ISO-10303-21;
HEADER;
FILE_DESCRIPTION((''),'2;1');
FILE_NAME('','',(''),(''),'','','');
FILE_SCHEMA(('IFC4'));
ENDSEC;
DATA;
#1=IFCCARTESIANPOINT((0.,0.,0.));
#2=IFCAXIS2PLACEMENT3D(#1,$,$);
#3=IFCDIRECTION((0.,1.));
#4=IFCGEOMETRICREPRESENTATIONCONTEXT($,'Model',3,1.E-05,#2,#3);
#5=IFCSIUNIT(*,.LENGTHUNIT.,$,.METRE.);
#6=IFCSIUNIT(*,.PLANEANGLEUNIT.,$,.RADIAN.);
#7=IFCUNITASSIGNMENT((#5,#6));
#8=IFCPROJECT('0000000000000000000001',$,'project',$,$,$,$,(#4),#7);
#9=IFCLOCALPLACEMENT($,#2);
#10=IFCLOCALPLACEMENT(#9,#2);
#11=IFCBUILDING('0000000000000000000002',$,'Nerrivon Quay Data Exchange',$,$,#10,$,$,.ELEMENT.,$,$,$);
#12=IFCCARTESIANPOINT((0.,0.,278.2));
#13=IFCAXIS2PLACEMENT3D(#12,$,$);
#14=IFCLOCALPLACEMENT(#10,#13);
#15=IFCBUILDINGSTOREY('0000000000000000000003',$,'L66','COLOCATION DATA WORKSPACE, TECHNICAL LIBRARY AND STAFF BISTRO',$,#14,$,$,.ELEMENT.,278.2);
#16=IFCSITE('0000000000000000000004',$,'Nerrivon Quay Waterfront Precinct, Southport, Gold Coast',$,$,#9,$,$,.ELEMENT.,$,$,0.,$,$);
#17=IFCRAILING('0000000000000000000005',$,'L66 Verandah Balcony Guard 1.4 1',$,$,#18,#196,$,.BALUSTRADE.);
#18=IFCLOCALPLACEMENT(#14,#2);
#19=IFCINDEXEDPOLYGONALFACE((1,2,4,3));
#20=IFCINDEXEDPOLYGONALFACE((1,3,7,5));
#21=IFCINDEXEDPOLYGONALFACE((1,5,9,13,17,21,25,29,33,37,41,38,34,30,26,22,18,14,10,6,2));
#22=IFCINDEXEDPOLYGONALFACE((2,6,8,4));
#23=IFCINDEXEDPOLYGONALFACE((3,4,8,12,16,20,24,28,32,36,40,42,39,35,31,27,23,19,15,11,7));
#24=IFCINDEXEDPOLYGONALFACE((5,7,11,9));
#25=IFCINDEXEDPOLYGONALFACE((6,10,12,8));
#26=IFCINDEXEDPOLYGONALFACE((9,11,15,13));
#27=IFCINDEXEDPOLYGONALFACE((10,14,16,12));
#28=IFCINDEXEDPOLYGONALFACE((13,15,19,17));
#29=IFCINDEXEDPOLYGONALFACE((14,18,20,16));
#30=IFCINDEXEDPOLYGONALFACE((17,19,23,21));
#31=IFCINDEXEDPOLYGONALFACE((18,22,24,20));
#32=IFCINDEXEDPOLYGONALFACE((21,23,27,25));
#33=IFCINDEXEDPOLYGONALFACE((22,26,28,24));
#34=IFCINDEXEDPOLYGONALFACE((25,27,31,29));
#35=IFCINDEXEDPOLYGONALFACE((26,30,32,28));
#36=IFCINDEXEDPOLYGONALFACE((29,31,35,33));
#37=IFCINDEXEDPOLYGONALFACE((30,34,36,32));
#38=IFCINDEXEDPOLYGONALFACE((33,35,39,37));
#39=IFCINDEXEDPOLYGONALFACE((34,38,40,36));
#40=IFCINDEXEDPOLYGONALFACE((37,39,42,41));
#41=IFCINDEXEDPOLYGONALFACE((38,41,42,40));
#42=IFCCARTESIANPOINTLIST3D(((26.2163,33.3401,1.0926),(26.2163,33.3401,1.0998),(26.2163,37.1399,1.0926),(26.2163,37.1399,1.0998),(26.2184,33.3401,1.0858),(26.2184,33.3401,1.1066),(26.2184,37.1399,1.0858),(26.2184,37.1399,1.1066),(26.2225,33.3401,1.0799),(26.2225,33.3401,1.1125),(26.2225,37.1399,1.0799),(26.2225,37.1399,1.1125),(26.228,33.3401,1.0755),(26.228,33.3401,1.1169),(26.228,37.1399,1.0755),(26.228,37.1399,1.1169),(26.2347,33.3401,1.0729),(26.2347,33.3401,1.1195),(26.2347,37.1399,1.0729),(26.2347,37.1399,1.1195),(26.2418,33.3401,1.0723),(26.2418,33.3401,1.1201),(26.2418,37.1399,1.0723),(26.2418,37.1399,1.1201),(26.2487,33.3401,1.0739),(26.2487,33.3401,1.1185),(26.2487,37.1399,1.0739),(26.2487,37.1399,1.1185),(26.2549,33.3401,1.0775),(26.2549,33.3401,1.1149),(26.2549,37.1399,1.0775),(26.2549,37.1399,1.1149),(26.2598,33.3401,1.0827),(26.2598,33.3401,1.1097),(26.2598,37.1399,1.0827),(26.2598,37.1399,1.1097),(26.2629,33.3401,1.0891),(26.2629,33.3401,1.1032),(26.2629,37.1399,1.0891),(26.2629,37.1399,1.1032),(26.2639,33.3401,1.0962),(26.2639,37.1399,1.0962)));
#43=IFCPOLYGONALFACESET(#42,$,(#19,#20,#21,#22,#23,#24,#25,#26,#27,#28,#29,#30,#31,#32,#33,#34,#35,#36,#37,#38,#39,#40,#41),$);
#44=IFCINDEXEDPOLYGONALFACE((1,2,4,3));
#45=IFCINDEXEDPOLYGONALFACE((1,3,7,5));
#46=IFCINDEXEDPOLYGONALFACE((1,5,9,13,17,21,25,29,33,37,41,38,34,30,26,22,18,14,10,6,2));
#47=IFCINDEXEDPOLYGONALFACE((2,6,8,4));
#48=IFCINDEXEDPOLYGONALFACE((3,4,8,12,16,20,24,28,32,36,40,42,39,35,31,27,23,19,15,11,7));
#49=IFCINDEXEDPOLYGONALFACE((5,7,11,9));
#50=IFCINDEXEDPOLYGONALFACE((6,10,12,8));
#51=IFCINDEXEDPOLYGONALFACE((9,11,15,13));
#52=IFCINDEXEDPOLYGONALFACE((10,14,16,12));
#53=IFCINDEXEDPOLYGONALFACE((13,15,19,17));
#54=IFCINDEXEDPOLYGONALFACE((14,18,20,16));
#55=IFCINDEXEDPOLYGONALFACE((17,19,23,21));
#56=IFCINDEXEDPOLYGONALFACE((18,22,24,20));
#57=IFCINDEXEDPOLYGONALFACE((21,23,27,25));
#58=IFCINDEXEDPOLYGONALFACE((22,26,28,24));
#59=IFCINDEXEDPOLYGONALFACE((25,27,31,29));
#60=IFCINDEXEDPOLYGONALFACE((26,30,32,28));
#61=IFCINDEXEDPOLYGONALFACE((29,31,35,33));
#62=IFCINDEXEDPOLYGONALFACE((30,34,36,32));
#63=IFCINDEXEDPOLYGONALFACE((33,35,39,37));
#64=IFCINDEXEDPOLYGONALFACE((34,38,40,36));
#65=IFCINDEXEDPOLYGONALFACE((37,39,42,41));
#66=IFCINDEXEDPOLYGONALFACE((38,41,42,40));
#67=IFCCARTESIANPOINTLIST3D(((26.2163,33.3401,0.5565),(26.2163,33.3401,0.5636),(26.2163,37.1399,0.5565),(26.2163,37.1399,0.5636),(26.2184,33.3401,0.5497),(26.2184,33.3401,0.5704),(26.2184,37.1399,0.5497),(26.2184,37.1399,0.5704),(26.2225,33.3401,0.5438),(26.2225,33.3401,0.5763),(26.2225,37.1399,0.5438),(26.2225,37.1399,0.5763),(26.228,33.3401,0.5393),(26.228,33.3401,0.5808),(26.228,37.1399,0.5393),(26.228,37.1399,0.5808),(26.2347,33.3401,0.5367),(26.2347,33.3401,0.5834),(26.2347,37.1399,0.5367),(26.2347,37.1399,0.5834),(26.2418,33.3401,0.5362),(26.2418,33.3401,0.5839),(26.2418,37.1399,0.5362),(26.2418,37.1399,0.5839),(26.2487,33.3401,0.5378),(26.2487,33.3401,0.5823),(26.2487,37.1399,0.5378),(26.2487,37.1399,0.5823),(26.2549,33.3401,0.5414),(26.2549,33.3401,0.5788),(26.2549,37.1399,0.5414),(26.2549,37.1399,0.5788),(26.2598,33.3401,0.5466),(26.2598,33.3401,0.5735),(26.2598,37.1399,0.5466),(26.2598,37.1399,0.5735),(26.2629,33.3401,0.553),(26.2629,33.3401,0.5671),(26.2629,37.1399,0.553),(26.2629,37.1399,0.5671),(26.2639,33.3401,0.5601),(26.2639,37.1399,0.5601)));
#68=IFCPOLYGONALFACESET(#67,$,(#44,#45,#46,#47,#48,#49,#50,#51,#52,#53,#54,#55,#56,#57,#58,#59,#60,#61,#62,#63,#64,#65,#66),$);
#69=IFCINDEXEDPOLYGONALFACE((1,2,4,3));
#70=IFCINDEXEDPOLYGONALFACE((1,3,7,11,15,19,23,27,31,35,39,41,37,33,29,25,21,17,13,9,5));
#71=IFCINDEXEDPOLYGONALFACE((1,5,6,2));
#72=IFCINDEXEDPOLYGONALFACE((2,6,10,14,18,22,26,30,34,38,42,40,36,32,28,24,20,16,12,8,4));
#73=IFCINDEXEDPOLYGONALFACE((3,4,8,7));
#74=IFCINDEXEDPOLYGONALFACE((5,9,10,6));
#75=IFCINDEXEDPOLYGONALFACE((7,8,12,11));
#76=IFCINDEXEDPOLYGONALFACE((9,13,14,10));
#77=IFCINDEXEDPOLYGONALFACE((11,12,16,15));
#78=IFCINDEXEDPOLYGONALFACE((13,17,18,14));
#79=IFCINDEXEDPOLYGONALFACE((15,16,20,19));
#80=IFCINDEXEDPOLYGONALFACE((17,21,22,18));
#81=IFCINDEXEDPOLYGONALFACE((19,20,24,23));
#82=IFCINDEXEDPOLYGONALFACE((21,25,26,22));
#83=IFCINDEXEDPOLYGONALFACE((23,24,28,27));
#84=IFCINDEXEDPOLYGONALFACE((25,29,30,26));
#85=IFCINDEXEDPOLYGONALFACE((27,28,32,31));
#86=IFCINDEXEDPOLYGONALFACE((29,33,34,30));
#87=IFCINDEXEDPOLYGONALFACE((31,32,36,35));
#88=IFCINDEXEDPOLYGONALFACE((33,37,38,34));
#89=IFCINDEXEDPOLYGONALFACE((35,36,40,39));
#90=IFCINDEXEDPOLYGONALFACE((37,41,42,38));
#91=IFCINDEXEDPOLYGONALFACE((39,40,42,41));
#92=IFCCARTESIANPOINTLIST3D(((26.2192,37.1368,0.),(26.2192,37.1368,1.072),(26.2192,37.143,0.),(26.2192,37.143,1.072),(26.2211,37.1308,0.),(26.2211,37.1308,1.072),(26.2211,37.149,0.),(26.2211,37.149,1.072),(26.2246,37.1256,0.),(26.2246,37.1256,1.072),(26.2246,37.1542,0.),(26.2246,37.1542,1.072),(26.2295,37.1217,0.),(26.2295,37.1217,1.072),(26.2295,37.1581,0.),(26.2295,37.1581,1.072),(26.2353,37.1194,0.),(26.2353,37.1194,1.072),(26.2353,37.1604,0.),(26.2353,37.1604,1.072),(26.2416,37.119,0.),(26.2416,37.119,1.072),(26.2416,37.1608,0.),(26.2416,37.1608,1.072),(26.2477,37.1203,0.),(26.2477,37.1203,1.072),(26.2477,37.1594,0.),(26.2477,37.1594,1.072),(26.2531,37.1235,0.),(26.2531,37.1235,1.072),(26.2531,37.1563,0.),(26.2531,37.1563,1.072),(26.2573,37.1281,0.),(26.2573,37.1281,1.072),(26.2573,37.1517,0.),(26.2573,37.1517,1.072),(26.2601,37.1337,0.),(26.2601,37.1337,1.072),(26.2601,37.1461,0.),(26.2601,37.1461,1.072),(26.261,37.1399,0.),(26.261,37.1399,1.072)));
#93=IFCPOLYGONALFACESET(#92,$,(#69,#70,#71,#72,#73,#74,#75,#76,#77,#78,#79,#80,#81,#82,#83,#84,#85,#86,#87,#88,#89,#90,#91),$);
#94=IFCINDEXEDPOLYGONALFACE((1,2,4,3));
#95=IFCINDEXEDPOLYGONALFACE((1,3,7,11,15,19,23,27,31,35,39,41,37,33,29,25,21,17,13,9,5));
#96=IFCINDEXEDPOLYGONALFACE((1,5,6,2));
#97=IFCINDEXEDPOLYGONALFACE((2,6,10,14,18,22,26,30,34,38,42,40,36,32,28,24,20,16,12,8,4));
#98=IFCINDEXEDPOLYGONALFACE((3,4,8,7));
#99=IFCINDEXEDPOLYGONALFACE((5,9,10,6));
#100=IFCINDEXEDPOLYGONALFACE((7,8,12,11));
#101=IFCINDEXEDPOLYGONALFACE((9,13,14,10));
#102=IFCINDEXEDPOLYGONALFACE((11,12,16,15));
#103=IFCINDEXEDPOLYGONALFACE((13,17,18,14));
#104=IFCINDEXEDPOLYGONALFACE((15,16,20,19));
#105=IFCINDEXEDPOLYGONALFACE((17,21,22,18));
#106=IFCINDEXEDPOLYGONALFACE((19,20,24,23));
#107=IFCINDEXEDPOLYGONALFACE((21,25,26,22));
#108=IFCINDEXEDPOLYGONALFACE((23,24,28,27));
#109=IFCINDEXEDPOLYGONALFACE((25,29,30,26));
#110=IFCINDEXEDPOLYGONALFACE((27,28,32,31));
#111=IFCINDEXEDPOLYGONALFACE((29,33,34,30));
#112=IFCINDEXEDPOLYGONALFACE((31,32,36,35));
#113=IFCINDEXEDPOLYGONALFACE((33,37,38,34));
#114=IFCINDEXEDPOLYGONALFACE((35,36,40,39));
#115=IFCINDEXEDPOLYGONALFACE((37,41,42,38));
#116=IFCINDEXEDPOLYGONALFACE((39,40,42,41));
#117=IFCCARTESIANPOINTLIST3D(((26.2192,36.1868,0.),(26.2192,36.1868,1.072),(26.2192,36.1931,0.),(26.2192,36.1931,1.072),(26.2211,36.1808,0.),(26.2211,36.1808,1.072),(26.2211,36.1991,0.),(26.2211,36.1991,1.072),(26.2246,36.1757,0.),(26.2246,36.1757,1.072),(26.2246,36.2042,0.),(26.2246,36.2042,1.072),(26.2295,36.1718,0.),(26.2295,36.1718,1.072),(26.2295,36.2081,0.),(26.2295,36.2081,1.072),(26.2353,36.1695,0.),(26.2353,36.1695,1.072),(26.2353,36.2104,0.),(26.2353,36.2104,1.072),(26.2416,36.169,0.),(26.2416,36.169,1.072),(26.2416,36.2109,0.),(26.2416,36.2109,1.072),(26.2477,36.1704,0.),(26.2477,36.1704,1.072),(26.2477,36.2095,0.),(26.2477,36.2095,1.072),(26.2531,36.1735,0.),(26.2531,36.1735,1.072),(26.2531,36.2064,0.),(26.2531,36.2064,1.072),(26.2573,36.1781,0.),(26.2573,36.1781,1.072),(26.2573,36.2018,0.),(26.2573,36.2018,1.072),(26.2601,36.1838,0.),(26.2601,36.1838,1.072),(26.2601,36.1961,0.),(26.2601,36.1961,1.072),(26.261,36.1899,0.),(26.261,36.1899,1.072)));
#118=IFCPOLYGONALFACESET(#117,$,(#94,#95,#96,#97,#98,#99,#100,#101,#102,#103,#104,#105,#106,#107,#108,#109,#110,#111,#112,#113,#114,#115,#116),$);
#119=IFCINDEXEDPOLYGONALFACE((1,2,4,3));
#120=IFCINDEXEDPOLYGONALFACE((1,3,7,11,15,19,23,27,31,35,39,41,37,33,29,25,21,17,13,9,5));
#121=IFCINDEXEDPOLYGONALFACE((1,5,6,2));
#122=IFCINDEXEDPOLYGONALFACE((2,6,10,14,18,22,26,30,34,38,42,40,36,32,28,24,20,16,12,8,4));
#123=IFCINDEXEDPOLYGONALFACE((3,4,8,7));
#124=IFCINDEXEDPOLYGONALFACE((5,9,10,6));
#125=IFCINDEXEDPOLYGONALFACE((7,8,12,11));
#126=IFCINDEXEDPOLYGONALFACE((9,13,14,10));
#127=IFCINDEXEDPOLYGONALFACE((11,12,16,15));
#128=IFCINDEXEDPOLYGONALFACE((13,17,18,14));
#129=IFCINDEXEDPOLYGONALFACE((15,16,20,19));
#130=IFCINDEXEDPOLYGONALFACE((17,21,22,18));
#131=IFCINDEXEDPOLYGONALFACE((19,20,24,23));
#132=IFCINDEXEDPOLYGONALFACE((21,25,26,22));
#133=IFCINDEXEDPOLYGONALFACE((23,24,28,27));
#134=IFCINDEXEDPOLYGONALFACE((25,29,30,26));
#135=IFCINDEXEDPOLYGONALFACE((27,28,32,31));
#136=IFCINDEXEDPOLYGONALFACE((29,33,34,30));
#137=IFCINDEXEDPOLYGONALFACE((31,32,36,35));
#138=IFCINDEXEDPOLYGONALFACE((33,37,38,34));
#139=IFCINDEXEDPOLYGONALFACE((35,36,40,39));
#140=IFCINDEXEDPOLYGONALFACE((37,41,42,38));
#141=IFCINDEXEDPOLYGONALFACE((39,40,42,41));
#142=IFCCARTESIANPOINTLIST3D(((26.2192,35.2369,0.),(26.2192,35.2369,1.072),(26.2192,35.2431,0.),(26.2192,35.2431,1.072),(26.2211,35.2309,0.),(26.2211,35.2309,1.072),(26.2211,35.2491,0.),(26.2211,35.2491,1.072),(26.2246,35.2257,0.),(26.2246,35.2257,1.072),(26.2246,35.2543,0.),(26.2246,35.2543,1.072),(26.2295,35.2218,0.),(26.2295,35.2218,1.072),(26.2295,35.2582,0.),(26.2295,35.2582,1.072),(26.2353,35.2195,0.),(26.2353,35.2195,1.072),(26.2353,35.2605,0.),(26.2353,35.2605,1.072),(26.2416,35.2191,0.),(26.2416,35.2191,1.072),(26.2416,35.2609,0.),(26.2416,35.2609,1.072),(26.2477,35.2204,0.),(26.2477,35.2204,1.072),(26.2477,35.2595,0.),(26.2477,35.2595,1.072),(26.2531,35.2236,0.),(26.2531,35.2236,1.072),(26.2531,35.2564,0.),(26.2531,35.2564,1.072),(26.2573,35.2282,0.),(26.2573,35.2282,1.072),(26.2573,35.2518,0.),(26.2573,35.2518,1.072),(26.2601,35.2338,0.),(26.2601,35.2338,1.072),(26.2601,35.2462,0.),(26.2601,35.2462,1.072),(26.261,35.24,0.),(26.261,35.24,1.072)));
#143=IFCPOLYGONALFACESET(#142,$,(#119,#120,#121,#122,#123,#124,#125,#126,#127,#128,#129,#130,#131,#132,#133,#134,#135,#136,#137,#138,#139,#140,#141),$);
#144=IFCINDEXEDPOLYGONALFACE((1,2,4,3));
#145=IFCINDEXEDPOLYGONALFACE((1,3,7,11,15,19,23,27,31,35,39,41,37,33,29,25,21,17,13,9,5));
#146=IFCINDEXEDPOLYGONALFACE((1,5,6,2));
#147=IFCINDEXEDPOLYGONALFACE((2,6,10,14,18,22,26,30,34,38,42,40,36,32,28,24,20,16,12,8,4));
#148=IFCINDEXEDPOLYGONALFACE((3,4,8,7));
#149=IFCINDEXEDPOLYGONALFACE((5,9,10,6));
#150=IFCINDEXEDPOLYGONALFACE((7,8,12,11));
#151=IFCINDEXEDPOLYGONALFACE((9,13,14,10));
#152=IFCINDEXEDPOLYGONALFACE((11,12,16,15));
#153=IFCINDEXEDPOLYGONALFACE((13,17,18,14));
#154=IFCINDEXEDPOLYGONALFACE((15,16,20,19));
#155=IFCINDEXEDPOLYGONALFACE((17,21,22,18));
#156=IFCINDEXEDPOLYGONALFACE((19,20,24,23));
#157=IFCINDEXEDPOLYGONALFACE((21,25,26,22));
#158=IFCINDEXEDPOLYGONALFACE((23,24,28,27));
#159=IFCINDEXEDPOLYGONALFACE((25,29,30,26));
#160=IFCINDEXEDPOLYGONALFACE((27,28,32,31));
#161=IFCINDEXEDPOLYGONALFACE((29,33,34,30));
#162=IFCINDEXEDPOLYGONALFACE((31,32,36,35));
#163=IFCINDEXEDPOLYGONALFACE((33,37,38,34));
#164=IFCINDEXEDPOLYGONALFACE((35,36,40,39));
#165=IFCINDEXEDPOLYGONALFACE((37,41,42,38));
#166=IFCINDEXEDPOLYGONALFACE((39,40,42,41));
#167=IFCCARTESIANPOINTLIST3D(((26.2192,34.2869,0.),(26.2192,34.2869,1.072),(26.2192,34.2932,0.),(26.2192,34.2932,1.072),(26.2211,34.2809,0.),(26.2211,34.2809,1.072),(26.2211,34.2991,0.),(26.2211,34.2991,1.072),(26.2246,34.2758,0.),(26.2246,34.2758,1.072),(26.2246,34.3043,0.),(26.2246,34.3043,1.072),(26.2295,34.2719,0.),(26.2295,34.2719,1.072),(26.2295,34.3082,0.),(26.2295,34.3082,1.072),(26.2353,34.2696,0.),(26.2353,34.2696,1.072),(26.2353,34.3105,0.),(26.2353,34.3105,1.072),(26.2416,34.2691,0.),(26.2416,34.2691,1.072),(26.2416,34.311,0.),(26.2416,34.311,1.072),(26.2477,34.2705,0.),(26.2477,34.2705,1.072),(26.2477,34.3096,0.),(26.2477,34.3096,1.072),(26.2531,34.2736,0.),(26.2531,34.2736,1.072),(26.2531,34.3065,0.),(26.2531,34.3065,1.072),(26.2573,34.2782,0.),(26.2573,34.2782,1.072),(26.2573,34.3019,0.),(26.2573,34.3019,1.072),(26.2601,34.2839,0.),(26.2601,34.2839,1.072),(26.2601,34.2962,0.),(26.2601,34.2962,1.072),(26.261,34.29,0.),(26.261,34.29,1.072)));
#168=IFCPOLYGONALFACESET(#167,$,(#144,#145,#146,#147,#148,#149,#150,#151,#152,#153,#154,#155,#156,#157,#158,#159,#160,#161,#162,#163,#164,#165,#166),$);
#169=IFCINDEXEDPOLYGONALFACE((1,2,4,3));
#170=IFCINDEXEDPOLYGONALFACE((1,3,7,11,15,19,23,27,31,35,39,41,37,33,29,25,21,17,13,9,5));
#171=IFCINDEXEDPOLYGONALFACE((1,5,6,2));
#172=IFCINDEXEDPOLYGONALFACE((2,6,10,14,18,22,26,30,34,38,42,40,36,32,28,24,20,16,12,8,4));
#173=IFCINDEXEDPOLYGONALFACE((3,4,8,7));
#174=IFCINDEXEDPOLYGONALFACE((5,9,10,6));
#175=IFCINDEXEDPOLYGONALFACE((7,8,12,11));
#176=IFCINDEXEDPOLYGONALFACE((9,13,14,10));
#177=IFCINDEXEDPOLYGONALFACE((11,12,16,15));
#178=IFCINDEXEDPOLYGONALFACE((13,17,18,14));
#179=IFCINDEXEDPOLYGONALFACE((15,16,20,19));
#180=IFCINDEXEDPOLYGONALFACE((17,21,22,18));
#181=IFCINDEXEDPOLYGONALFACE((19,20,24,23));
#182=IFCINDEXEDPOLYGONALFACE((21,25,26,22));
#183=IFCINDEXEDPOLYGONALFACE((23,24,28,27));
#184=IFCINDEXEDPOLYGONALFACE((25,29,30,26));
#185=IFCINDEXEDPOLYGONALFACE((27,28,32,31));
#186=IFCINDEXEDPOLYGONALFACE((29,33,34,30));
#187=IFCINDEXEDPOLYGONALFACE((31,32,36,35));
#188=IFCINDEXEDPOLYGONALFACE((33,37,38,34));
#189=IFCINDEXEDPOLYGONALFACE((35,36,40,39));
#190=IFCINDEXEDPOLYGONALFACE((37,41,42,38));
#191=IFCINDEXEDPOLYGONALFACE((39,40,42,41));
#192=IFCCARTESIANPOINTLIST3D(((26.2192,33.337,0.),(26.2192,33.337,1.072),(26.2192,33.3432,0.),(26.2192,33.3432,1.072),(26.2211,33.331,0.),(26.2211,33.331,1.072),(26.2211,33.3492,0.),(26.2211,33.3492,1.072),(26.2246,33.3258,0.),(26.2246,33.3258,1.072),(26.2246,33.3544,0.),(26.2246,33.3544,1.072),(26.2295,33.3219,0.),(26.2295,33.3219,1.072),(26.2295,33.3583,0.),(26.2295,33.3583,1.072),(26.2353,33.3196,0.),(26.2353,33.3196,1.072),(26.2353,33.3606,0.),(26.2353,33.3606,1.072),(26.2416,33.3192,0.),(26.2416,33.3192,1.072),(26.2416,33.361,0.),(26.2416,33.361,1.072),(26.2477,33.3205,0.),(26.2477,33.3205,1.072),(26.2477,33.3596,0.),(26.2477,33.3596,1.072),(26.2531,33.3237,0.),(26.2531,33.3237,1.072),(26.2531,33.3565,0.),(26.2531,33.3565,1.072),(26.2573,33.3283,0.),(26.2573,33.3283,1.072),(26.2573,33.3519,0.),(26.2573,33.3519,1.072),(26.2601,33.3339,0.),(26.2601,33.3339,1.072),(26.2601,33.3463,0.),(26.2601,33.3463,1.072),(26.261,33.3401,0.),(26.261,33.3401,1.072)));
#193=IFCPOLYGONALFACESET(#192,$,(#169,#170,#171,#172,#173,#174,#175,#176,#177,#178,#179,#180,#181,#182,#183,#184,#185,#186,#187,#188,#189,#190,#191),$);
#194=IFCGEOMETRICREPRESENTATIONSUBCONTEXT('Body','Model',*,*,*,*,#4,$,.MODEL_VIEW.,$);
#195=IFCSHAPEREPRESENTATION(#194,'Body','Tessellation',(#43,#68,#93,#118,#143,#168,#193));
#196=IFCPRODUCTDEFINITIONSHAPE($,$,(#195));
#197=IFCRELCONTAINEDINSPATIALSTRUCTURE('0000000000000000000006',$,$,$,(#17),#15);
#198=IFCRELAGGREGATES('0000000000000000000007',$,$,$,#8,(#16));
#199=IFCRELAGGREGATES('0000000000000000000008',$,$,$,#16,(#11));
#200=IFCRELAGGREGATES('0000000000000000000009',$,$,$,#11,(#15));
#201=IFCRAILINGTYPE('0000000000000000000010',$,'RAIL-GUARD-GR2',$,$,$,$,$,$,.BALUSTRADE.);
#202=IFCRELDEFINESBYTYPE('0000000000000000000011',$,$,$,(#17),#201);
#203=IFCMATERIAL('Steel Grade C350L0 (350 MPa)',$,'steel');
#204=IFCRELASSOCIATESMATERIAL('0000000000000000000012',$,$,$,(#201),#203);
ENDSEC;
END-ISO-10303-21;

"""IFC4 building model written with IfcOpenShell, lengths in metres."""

from ifc_helpers import new_model, si_unit, direction, frame, origin, origin_2d, place, context, subcontext, project, spatial, circle, extrude, material, type_object, element, save


model = new_model("IFC4")

# Units and contexts
model_context = context("Model", 3, precision=1e-05, world=origin(), true_north=direction((0.0, 1.0)))
body_context = subcontext(model_context, "Body", "Model", "MODEL_VIEW")
ifc_project = project(units=[si_unit("LENGTHUNIT", "METRE"), si_unit("PLANEANGLEUNIT", "RADIAN")], contexts=[model_context])

# Site, building, storey
site_placement = place(None, origin())
site = spatial("IfcSite", under=ifc_project, at=site_placement, Name="Nerrivon Quay Waterfront Precinct, Southport, Gold Coast", CompositionType="ELEMENT", RefElevation=0.0)
building_placement = place(site_placement, origin())
building = spatial("IfcBuilding", under=site, at=building_placement, Name="Nerrivon Quay Data Exchange", CompositionType="ELEMENT")
storey_placement = place(building_placement, frame((0.0, 0.0, 278.2)))
storey = spatial("IfcBuildingStorey", under=building, at=storey_placement, Name="L66", Description="COLOCATION DATA WORKSPACE, TECHNICAL LIBRARY AND STAFF BISTRO", CompositionType="ELEMENT", Elevation=278.2)

# Shared definitions
ifc_material_1 = material(Name="Steel Grade C350L0 (350 MPa)", Category="steel")

# Railing
railing_type = type_object("IfcRailingType", Name="RAIL-GUARD-GR2", PredefinedType="BALUSTRADE", material=ifc_material_1)
railing_1_placement = place(storey_placement, frame((26.24, 37.1399, 0.0)))
element("IfcRailing", 1, at=railing_1_placement, inside=storey, type_object=railing_type, Name="L66 Verandah Balcony Guard 1.4 1", PredefinedType="BALUSTRADE", context=body_context, shape_type="SweptSolid", body=[
    extrude(circle(Radius=0.0239, at=origin_2d()), frame((0.0, 0.0, 1.0962), z_axis=(0.0, -1.0, 0.0), x_axis=(1.0, 0.0, 0.0)), (0.0, 0.0, 1.0), 3.7998),
    extrude(circle(Radius=0.0239, at=origin_2d()), frame((0.0, 0.0, 0.5601), z_axis=(0.0, -1.0, 0.0), x_axis=(1.0, 0.0, 0.0)), (0.0, 0.0, 1.0), 3.7998),
    extrude(circle(Radius=0.021, at=origin_2d()), origin(), (0.0, 0.0, 1.0), 1.072),
    extrude(circle(Radius=0.021, at=origin_2d()), frame((0.0, -0.95, 0.0)), (0.0, 0.0, 1.0), 1.072),
    extrude(circle(Radius=0.021, at=origin_2d()), frame((0.0, -1.8999, 0.0)), (0.0, 0.0, 1.0), 1.072),
    extrude(circle(Radius=0.021, at=origin_2d()), frame((0.0, -2.8499, 0.0)), (0.0, 0.0, 1.0), 1.072),
    extrude(circle(Radius=0.021, at=origin_2d()), frame((0.0, -3.7998, 0.0)), (0.0, 0.0, 1.0), 1.072),
])

save(model, "model.ifc")
